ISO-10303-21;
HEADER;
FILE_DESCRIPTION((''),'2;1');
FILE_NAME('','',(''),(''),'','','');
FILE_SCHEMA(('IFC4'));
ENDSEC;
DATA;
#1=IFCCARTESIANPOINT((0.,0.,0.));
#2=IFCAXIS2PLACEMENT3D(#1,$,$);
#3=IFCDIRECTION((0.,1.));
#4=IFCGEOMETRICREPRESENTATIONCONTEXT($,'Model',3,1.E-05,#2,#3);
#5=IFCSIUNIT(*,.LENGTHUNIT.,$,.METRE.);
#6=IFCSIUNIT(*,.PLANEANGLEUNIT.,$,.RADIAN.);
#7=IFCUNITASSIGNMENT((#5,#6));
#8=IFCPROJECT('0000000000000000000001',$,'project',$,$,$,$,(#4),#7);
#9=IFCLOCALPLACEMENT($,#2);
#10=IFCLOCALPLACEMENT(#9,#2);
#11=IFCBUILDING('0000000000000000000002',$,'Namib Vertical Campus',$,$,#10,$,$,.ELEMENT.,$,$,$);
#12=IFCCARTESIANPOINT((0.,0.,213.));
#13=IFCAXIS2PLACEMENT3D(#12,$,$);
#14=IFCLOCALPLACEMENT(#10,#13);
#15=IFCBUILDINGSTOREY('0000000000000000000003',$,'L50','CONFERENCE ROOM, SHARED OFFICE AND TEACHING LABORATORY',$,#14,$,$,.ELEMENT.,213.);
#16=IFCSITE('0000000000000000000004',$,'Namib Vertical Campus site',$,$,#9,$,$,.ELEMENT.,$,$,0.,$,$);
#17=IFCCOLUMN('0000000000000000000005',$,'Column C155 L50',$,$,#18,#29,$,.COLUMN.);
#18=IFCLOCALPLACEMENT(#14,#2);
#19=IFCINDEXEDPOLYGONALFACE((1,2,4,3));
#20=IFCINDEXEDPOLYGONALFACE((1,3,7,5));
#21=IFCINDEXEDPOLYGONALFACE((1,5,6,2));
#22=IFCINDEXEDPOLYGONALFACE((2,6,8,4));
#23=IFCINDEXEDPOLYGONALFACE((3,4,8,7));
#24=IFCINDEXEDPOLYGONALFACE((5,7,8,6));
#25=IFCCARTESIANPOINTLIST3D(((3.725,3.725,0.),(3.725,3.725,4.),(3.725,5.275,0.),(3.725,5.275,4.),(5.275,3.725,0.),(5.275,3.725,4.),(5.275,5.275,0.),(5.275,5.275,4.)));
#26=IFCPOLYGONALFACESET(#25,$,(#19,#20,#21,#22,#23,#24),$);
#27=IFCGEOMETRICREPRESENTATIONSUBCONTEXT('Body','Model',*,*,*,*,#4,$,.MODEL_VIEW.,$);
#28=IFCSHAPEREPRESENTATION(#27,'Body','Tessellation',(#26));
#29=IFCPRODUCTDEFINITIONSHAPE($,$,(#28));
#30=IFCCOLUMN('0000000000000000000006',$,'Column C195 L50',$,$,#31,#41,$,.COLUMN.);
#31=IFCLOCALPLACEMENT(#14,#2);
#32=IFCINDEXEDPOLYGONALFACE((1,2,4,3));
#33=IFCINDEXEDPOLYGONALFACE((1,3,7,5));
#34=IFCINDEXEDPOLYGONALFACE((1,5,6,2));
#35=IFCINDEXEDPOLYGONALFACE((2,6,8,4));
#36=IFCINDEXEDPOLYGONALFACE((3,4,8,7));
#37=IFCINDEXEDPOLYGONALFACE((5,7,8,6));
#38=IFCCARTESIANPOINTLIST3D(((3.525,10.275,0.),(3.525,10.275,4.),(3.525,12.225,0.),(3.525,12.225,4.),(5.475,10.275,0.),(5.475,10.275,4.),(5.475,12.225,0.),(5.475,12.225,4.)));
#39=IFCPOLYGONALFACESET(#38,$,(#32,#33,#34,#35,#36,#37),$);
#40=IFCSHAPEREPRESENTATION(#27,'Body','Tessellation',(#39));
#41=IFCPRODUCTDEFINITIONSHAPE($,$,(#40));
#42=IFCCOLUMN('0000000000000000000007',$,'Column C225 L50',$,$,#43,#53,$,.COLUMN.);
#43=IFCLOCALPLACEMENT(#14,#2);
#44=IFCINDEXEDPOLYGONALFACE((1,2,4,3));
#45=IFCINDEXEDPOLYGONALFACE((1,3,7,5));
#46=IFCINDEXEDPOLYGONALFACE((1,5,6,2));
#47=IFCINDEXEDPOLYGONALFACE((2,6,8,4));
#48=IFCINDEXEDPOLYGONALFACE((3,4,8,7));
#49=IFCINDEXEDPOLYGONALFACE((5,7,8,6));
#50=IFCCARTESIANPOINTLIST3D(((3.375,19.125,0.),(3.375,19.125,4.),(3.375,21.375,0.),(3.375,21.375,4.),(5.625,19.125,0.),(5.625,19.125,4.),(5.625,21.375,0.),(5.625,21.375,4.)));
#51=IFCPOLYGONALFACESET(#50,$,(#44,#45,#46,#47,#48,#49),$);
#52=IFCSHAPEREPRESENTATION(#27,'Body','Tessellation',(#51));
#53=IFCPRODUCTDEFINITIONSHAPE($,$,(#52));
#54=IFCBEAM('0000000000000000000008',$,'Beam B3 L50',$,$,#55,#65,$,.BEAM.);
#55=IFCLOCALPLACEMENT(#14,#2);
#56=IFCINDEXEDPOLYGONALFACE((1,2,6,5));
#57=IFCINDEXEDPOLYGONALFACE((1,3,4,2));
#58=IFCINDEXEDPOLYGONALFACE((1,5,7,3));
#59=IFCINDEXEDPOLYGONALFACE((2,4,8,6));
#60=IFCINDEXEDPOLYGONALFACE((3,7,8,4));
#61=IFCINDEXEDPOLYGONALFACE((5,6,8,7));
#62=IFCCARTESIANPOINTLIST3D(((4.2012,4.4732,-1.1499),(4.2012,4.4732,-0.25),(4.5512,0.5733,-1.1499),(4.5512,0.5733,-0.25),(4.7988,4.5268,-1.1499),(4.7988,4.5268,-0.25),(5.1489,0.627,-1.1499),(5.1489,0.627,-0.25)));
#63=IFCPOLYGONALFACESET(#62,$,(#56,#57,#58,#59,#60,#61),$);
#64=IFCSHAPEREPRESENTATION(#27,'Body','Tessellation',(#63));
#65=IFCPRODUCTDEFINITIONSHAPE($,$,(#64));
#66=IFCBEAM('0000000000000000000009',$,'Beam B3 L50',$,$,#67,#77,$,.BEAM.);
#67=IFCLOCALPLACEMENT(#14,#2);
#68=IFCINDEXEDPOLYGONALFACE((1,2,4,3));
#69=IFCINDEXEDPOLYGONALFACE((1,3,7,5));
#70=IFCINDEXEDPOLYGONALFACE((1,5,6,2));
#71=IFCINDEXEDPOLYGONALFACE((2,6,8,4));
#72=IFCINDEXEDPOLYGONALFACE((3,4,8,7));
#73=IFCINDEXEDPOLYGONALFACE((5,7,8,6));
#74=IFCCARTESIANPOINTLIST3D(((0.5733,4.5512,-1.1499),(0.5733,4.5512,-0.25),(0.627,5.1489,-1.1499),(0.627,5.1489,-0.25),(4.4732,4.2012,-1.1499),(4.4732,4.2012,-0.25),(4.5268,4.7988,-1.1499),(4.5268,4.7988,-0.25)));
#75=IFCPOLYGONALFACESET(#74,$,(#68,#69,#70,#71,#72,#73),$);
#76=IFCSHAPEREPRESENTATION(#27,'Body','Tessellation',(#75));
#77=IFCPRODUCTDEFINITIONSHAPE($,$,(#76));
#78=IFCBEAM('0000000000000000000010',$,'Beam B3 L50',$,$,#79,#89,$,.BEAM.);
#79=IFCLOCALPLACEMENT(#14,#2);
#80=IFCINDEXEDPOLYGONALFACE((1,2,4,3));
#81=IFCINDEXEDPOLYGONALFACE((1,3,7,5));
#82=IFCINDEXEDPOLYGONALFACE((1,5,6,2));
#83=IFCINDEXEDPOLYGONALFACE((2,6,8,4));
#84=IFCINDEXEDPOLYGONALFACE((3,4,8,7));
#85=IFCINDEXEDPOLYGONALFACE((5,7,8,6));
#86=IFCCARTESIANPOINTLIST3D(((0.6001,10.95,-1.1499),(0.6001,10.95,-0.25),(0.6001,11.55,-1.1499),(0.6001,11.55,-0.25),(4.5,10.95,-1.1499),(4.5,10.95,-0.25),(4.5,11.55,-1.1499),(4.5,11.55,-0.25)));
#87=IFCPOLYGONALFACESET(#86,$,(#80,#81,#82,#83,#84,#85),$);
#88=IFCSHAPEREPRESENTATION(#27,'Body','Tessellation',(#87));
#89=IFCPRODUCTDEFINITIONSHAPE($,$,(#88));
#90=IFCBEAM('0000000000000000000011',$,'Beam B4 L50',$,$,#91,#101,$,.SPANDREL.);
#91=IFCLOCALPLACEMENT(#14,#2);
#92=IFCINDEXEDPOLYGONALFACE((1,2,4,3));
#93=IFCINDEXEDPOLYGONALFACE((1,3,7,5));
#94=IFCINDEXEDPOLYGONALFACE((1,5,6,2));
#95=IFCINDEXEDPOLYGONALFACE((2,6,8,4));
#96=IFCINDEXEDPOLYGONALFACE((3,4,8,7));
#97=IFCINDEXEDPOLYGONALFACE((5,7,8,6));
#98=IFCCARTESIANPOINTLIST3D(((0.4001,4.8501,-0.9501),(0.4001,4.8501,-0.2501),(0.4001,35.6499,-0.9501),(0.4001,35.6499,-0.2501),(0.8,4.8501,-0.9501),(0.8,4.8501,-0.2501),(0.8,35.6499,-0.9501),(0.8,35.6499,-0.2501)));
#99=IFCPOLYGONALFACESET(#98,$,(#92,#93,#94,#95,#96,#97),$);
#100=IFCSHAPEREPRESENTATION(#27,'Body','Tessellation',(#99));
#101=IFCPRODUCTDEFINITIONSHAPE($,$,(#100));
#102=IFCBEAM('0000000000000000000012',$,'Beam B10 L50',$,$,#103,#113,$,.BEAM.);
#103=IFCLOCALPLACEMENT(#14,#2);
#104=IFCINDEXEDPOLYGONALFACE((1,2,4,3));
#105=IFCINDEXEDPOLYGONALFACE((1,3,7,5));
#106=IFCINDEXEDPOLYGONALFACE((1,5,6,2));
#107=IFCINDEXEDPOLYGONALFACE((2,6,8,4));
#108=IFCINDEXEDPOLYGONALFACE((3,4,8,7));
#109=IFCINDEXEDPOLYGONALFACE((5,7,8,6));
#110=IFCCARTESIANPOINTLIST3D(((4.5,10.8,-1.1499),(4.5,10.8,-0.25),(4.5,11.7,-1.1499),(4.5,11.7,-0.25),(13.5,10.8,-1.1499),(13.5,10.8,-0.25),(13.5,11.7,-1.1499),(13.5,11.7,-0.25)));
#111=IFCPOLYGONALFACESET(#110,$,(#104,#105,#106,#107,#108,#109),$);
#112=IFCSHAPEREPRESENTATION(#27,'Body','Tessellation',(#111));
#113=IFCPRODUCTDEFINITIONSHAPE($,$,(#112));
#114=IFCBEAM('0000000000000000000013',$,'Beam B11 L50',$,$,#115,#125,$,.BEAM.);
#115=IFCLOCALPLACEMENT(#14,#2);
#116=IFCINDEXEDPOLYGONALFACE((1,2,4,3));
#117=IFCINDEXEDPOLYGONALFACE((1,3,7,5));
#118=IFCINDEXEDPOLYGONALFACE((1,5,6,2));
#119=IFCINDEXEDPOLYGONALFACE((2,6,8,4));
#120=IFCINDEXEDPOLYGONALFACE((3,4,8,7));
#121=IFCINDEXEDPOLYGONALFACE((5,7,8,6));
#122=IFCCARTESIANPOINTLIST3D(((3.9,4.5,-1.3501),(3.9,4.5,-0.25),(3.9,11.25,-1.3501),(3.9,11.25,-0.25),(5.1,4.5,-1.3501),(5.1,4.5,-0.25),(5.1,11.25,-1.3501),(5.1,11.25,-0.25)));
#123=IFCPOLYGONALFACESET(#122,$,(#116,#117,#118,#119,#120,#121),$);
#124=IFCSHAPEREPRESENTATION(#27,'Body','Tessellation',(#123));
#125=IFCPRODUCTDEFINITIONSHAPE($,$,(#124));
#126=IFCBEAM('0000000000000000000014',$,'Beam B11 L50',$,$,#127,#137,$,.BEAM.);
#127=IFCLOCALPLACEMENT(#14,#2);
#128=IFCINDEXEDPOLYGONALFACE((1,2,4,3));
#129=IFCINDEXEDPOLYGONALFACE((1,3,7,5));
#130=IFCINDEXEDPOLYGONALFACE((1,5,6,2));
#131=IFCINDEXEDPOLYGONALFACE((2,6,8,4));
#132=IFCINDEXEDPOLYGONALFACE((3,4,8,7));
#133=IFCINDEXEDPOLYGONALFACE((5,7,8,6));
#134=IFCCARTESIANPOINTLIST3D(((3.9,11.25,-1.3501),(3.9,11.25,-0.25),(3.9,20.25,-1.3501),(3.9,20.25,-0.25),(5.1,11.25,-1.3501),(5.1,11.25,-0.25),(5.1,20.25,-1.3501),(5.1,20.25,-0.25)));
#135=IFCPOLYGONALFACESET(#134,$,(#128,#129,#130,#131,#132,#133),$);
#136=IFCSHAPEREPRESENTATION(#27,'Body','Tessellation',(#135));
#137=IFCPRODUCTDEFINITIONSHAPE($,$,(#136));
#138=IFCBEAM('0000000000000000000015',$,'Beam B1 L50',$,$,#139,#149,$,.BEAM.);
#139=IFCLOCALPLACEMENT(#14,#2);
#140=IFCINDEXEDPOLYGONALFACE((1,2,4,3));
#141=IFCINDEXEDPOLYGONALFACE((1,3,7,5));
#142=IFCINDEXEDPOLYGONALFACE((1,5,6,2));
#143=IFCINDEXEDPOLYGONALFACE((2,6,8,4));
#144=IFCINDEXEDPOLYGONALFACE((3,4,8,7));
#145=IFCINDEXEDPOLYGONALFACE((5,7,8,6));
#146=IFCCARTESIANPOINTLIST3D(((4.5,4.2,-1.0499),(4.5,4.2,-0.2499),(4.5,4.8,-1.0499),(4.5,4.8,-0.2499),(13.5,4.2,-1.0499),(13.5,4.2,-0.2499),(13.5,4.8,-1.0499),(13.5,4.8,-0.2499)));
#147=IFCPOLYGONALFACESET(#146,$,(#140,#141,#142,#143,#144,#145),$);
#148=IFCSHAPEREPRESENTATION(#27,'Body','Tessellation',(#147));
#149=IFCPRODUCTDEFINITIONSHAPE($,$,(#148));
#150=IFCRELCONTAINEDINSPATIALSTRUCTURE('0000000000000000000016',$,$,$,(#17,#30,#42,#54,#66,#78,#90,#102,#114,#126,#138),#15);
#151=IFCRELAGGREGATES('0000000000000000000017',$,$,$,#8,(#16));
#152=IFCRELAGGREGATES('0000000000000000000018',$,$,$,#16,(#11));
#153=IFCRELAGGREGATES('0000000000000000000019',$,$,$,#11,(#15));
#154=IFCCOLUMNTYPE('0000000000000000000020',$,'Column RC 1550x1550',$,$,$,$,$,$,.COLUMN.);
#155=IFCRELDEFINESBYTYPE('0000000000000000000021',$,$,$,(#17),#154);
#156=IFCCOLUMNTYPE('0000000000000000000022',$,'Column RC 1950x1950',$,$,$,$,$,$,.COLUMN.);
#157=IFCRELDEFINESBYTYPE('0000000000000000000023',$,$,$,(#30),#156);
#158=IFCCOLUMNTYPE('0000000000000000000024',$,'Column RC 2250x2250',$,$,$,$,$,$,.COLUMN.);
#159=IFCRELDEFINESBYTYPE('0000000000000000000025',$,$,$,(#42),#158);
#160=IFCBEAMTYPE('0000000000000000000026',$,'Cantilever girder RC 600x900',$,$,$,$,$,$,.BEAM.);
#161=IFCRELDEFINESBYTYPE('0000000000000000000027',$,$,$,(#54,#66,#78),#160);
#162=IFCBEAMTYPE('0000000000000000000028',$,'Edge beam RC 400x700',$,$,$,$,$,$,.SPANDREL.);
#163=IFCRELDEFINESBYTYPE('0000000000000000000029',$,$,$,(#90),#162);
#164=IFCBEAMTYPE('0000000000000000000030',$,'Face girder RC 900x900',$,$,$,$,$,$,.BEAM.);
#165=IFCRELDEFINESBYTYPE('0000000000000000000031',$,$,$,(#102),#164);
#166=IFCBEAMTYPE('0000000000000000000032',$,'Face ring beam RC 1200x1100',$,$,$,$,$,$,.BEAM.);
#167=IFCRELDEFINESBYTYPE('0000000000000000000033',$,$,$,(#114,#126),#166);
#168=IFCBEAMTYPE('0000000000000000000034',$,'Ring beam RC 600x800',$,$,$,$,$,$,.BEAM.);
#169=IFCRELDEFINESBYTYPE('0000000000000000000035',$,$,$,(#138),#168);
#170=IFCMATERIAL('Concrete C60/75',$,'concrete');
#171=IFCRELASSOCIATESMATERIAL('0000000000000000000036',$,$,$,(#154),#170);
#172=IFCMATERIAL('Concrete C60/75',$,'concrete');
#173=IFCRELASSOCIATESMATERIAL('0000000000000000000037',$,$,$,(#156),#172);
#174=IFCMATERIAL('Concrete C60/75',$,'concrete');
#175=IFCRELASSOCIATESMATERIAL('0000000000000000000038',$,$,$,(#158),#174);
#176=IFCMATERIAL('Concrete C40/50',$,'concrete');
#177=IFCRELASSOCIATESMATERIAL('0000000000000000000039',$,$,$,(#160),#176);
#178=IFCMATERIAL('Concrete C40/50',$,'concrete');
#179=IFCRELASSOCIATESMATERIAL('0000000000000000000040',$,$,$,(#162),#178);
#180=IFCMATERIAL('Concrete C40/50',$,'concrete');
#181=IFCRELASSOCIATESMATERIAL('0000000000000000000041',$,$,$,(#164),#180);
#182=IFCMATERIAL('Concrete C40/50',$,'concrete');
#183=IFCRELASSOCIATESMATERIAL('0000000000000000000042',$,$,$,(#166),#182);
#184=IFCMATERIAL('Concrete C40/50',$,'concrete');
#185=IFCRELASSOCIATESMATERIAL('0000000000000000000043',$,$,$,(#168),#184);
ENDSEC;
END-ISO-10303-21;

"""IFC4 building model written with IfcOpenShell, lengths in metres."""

from ifc_helpers import new_model, si_unit, direction, frame, origin, origin_2d, place, context, subcontext, project, spatial, rectangle, extrude, material, material_profile, profile_set, type_object, element, save


model = new_model("IFC4")

# Units and contexts
model_context = context("Model", 3, precision=1e-05, world=origin(), true_north=direction((0.0, 1.0)))
body_context = subcontext(model_context, "Body", "Model", "MODEL_VIEW")
ifc_project = project(units=[si_unit("LENGTHUNIT", "METRE"), si_unit("PLANEANGLEUNIT", "RADIAN")], contexts=[model_context])

# Site, building, storey
site_placement = place(None, origin())
site = spatial("IfcSite", under=ifc_project, at=site_placement, Name="Namib Vertical Campus site", CompositionType="ELEMENT", RefElevation=0.0)
building_placement = place(site_placement, origin())
building = spatial("IfcBuilding", under=site, at=building_placement, Name="Namib Vertical Campus", CompositionType="ELEMENT")
storey_placement = place(building_placement, frame((0.0, 0.0, 213.0)))
storey = spatial("IfcBuildingStorey", under=building, at=storey_placement, Name="L50", Description="CONFERENCE ROOM, SHARED OFFICE AND TEACHING LABORATORY", CompositionType="ELEMENT", Elevation=213.0)

# Columns
ifc_material_1 = material(Name="Concrete C60/75", Category="concrete")
ifc_material_profile_1 = material_profile(ifc_material_1, rectangle(XDim=1.55, YDim=1.55, at=origin_2d()))
ifc_profile_set_1 = profile_set([ifc_material_profile_1], Name="Concrete C60/75")
column_type_1 = type_object("IfcColumnType", Name="Column RC 1550x1550", PredefinedType="COLUMN", material=ifc_profile_set_1)
column_1_placement = place(storey_placement, frame((4.5, 4.5, 0.0), z_axis=(0.0, 0.0, 1.0), x_axis=(1.0, 0.0, 0.0)))
element("IfcColumn", 1, at=column_1_placement, inside=storey, type_object=column_type_1, Name="Column C155 L50", PredefinedType="COLUMN", context=body_context, shape_type="SweptSolid", body=[
    extrude(rectangle(XDim=1.55, YDim=1.55, at=origin_2d()), origin(), (0.0, 0.0, 1.0), 4.0),
])
ifc_material_2 = material(Name="Concrete C60/75", Category="concrete")
ifc_material_profile_2 = material_profile(ifc_material_2, rectangle(XDim=1.95, YDim=1.95, at=origin_2d()))
ifc_profile_set_2 = profile_set([ifc_material_profile_2], Name="Concrete C60/75")
column_type_2 = type_object("IfcColumnType", Name="Column RC 1950x1950", PredefinedType="COLUMN", material=ifc_profile_set_2)
column_2_placement = place(storey_placement, frame((4.5, 11.25, 0.0), z_axis=(0.0, 0.0, 1.0), x_axis=(1.0, 0.0, 0.0)))
element("IfcColumn", 2, at=column_2_placement, inside=storey, type_object=column_type_2, Name="Column C195 L50", PredefinedType="COLUMN", context=body_context, shape_type="SweptSolid", body=[
    extrude(rectangle(XDim=1.95, YDim=1.95, at=origin_2d()), origin(), (0.0, 0.0, 1.0), 4.0),
])
ifc_material_3 = material(Name="Concrete C60/75", Category="concrete")
ifc_material_profile_3 = material_profile(ifc_material_3, rectangle(XDim=2.25, YDim=2.25, at=origin_2d()))
ifc_profile_set_3 = profile_set([ifc_material_profile_3], Name="Concrete C60/75")
column_type_3 = type_object("IfcColumnType", Name="Column RC 2250x2250", PredefinedType="COLUMN", material=ifc_profile_set_3)
column_3_placement = place(storey_placement, frame((4.5, 20.25, 0.0), z_axis=(0.0, 0.0, 1.0), x_axis=(1.0, 0.0, 0.0)))
element("IfcColumn", 3, at=column_3_placement, inside=storey, type_object=column_type_3, Name="Column C225 L50", PredefinedType="COLUMN", context=body_context, shape_type="SweptSolid", body=[
    extrude(rectangle(XDim=2.25, YDim=2.25, at=origin_2d()), origin(), (0.0, 0.0, 1.0), 4.0),
])

# Beams
ifc_material_4 = material(Name="Concrete C40/50", Category="concrete")
ifc_material_profile_4 = material_profile(ifc_material_4, rectangle(XDim=0.6001, YDim=0.8999, at=origin_2d()))
ifc_profile_set_4 = profile_set([ifc_material_profile_4], Name="Concrete C40/50")
beam_type_1 = type_object("IfcBeamType", Name="Cantilever girder RC 600x900", PredefinedType="BEAM", material=ifc_profile_set_4)
for number, where, z_axis, x_axis, name in (
    (4, (4.5, 4.5, -0.7), (0.089411, -0.995995, 0.0), (0.995995, 0.089411, 0.0), "Beam B3 L50"),
    (5, (4.5, 4.5, -0.7), (-0.995995, 0.089411, 0.0), (-0.089411, -0.995995, 0.0), "Beam B3 L50"),
):
    element("IfcBeam", number, at=place(storey_placement, frame(where, z_axis=z_axis, x_axis=x_axis)), inside=storey, type_object=beam_type_1, Name=name, PredefinedType="BEAM", context=body_context, shape_type="SweptSolid", body=[
        extrude(rectangle(XDim=0.6001, YDim=0.8999, at=origin_2d()), origin(), (0.0, 0.0, 1.0), 3.9155),
    ])
beam_1_placement = place(storey_placement, frame((4.5, 11.25, -0.7), z_axis=(-1.0, 0.0, 0.0), x_axis=(0.0, -1.0, 0.0)))
element("IfcBeam", 6, at=beam_1_placement, inside=storey, type_object=beam_type_1, Name="Beam B3 L50", PredefinedType="BEAM", context=body_context, shape_type="SweptSolid", body=[
    extrude(rectangle(XDim=0.6001, YDim=0.8999, at=origin_2d()), origin(), (0.0, 0.0, 1.0), 3.8999),
])
ifc_material_5 = material(Name="Concrete C40/50", Category="concrete")
ifc_material_profile_5 = material_profile(ifc_material_5, rectangle(XDim=0.3999, YDim=0.7, at=origin_2d()))
ifc_profile_set_5 = profile_set([ifc_material_profile_5], Name="Concrete C40/50")
beam_type_2 = type_object("IfcBeamType", Name="Edge beam RC 400x700", PredefinedType="SPANDREL", material=ifc_profile_set_5)
beam_2_placement = place(storey_placement, frame((0.6001, 4.8501, -0.6001), z_axis=(0.0, 1.0, 0.0), x_axis=(-1.0, 0.0, 0.0)))
element("IfcBeam", 7, at=beam_2_placement, inside=storey, type_object=beam_type_2, Name="Beam B4 L50", PredefinedType="SPANDREL", context=body_context, shape_type="SweptSolid", body=[
    extrude(rectangle(XDim=0.3999, YDim=0.7, at=origin_2d()), origin(), (0.0, 0.0, 1.0), 30.7998),
])
ifc_material_6 = material(Name="Concrete C40/50", Category="concrete")
ifc_material_profile_6 = material_profile(ifc_material_6, rectangle(XDim=0.8999, YDim=0.8999, at=origin_2d()))
ifc_profile_set_6 = profile_set([ifc_material_profile_6], Name="Concrete C40/50")
beam_type_3 = type_object("IfcBeamType", Name="Face girder RC 900x900", PredefinedType="BEAM", material=ifc_profile_set_6)
beam_3_placement = place(storey_placement, frame((4.5, 11.25, -0.7), z_axis=(1.0, 0.0, 0.0), x_axis=(0.0, 1.0, 0.0)))
element("IfcBeam", 8, at=beam_3_placement, inside=storey, type_object=beam_type_3, Name="Beam B10 L50", PredefinedType="BEAM", context=body_context, shape_type="SweptSolid", body=[
    extrude(rectangle(XDim=0.8999, YDim=0.8999, at=origin_2d()), origin(), (0.0, 0.0, 1.0), 9.0),
])
ifc_material_7 = material(Name="Concrete C40/50", Category="concrete")
ifc_material_profile_7 = material_profile(ifc_material_7, rectangle(XDim=1.2, YDim=1.1001, at=origin_2d()))
ifc_profile_set_7 = profile_set([ifc_material_profile_7], Name="Concrete C40/50")
beam_type_4 = type_object("IfcBeamType", Name="Face ring beam RC 1200x1100", PredefinedType="BEAM", material=ifc_profile_set_7)
beam_4_placement = place(storey_placement, frame((4.5, 4.5, -0.8), z_axis=(0.0, 1.0, 0.0), x_axis=(-1.0, 0.0, 0.0)))
element("IfcBeam", 9, at=beam_4_placement, inside=storey, type_object=beam_type_4, Name="Beam B11 L50", PredefinedType="BEAM", context=body_context, shape_type="SweptSolid", body=[
    extrude(rectangle(XDim=1.2, YDim=1.1001, at=origin_2d()), origin(), (0.0, 0.0, 1.0), 6.75),
])
beam_5_placement = place(storey_placement, frame((4.5, 11.25, -0.8), z_axis=(0.0, 1.0, 0.0), x_axis=(-1.0, 0.0, 0.0)))
element("IfcBeam", 10, at=beam_5_placement, inside=storey, type_object=beam_type_4, Name="Beam B11 L50", PredefinedType="BEAM", context=body_context, shape_type="SweptSolid", body=[
    extrude(rectangle(XDim=1.2, YDim=1.1001, at=origin_2d()), origin(), (0.0, 0.0, 1.0), 9.0),
])
ifc_material_8 = material(Name="Concrete C40/50", Category="concrete")
ifc_material_profile_8 = material_profile(ifc_material_8, rectangle(XDim=0.6001, YDim=0.8, at=origin_2d()))
ifc_profile_set_8 = profile_set([ifc_material_profile_8], Name="Concrete C40/50")
beam_type_5 = type_object("IfcBeamType", Name="Ring beam RC 600x800", PredefinedType="BEAM", material=ifc_profile_set_8)
beam_6_placement = place(storey_placement, frame((4.5, 4.5, -0.6499), z_axis=(1.0, 0.0, 0.0), x_axis=(0.0, 1.0, 0.0)))
element("IfcBeam", 11, at=beam_6_placement, inside=storey, type_object=beam_type_5, Name="Beam B1 L50", PredefinedType="BEAM", context=body_context, shape_type="SweptSolid", body=[
    extrude(rectangle(XDim=0.6001, YDim=0.8, at=origin_2d()), origin(), (0.0, 0.0, 1.0), 9.0),
])

save(model, "model.ifc")
